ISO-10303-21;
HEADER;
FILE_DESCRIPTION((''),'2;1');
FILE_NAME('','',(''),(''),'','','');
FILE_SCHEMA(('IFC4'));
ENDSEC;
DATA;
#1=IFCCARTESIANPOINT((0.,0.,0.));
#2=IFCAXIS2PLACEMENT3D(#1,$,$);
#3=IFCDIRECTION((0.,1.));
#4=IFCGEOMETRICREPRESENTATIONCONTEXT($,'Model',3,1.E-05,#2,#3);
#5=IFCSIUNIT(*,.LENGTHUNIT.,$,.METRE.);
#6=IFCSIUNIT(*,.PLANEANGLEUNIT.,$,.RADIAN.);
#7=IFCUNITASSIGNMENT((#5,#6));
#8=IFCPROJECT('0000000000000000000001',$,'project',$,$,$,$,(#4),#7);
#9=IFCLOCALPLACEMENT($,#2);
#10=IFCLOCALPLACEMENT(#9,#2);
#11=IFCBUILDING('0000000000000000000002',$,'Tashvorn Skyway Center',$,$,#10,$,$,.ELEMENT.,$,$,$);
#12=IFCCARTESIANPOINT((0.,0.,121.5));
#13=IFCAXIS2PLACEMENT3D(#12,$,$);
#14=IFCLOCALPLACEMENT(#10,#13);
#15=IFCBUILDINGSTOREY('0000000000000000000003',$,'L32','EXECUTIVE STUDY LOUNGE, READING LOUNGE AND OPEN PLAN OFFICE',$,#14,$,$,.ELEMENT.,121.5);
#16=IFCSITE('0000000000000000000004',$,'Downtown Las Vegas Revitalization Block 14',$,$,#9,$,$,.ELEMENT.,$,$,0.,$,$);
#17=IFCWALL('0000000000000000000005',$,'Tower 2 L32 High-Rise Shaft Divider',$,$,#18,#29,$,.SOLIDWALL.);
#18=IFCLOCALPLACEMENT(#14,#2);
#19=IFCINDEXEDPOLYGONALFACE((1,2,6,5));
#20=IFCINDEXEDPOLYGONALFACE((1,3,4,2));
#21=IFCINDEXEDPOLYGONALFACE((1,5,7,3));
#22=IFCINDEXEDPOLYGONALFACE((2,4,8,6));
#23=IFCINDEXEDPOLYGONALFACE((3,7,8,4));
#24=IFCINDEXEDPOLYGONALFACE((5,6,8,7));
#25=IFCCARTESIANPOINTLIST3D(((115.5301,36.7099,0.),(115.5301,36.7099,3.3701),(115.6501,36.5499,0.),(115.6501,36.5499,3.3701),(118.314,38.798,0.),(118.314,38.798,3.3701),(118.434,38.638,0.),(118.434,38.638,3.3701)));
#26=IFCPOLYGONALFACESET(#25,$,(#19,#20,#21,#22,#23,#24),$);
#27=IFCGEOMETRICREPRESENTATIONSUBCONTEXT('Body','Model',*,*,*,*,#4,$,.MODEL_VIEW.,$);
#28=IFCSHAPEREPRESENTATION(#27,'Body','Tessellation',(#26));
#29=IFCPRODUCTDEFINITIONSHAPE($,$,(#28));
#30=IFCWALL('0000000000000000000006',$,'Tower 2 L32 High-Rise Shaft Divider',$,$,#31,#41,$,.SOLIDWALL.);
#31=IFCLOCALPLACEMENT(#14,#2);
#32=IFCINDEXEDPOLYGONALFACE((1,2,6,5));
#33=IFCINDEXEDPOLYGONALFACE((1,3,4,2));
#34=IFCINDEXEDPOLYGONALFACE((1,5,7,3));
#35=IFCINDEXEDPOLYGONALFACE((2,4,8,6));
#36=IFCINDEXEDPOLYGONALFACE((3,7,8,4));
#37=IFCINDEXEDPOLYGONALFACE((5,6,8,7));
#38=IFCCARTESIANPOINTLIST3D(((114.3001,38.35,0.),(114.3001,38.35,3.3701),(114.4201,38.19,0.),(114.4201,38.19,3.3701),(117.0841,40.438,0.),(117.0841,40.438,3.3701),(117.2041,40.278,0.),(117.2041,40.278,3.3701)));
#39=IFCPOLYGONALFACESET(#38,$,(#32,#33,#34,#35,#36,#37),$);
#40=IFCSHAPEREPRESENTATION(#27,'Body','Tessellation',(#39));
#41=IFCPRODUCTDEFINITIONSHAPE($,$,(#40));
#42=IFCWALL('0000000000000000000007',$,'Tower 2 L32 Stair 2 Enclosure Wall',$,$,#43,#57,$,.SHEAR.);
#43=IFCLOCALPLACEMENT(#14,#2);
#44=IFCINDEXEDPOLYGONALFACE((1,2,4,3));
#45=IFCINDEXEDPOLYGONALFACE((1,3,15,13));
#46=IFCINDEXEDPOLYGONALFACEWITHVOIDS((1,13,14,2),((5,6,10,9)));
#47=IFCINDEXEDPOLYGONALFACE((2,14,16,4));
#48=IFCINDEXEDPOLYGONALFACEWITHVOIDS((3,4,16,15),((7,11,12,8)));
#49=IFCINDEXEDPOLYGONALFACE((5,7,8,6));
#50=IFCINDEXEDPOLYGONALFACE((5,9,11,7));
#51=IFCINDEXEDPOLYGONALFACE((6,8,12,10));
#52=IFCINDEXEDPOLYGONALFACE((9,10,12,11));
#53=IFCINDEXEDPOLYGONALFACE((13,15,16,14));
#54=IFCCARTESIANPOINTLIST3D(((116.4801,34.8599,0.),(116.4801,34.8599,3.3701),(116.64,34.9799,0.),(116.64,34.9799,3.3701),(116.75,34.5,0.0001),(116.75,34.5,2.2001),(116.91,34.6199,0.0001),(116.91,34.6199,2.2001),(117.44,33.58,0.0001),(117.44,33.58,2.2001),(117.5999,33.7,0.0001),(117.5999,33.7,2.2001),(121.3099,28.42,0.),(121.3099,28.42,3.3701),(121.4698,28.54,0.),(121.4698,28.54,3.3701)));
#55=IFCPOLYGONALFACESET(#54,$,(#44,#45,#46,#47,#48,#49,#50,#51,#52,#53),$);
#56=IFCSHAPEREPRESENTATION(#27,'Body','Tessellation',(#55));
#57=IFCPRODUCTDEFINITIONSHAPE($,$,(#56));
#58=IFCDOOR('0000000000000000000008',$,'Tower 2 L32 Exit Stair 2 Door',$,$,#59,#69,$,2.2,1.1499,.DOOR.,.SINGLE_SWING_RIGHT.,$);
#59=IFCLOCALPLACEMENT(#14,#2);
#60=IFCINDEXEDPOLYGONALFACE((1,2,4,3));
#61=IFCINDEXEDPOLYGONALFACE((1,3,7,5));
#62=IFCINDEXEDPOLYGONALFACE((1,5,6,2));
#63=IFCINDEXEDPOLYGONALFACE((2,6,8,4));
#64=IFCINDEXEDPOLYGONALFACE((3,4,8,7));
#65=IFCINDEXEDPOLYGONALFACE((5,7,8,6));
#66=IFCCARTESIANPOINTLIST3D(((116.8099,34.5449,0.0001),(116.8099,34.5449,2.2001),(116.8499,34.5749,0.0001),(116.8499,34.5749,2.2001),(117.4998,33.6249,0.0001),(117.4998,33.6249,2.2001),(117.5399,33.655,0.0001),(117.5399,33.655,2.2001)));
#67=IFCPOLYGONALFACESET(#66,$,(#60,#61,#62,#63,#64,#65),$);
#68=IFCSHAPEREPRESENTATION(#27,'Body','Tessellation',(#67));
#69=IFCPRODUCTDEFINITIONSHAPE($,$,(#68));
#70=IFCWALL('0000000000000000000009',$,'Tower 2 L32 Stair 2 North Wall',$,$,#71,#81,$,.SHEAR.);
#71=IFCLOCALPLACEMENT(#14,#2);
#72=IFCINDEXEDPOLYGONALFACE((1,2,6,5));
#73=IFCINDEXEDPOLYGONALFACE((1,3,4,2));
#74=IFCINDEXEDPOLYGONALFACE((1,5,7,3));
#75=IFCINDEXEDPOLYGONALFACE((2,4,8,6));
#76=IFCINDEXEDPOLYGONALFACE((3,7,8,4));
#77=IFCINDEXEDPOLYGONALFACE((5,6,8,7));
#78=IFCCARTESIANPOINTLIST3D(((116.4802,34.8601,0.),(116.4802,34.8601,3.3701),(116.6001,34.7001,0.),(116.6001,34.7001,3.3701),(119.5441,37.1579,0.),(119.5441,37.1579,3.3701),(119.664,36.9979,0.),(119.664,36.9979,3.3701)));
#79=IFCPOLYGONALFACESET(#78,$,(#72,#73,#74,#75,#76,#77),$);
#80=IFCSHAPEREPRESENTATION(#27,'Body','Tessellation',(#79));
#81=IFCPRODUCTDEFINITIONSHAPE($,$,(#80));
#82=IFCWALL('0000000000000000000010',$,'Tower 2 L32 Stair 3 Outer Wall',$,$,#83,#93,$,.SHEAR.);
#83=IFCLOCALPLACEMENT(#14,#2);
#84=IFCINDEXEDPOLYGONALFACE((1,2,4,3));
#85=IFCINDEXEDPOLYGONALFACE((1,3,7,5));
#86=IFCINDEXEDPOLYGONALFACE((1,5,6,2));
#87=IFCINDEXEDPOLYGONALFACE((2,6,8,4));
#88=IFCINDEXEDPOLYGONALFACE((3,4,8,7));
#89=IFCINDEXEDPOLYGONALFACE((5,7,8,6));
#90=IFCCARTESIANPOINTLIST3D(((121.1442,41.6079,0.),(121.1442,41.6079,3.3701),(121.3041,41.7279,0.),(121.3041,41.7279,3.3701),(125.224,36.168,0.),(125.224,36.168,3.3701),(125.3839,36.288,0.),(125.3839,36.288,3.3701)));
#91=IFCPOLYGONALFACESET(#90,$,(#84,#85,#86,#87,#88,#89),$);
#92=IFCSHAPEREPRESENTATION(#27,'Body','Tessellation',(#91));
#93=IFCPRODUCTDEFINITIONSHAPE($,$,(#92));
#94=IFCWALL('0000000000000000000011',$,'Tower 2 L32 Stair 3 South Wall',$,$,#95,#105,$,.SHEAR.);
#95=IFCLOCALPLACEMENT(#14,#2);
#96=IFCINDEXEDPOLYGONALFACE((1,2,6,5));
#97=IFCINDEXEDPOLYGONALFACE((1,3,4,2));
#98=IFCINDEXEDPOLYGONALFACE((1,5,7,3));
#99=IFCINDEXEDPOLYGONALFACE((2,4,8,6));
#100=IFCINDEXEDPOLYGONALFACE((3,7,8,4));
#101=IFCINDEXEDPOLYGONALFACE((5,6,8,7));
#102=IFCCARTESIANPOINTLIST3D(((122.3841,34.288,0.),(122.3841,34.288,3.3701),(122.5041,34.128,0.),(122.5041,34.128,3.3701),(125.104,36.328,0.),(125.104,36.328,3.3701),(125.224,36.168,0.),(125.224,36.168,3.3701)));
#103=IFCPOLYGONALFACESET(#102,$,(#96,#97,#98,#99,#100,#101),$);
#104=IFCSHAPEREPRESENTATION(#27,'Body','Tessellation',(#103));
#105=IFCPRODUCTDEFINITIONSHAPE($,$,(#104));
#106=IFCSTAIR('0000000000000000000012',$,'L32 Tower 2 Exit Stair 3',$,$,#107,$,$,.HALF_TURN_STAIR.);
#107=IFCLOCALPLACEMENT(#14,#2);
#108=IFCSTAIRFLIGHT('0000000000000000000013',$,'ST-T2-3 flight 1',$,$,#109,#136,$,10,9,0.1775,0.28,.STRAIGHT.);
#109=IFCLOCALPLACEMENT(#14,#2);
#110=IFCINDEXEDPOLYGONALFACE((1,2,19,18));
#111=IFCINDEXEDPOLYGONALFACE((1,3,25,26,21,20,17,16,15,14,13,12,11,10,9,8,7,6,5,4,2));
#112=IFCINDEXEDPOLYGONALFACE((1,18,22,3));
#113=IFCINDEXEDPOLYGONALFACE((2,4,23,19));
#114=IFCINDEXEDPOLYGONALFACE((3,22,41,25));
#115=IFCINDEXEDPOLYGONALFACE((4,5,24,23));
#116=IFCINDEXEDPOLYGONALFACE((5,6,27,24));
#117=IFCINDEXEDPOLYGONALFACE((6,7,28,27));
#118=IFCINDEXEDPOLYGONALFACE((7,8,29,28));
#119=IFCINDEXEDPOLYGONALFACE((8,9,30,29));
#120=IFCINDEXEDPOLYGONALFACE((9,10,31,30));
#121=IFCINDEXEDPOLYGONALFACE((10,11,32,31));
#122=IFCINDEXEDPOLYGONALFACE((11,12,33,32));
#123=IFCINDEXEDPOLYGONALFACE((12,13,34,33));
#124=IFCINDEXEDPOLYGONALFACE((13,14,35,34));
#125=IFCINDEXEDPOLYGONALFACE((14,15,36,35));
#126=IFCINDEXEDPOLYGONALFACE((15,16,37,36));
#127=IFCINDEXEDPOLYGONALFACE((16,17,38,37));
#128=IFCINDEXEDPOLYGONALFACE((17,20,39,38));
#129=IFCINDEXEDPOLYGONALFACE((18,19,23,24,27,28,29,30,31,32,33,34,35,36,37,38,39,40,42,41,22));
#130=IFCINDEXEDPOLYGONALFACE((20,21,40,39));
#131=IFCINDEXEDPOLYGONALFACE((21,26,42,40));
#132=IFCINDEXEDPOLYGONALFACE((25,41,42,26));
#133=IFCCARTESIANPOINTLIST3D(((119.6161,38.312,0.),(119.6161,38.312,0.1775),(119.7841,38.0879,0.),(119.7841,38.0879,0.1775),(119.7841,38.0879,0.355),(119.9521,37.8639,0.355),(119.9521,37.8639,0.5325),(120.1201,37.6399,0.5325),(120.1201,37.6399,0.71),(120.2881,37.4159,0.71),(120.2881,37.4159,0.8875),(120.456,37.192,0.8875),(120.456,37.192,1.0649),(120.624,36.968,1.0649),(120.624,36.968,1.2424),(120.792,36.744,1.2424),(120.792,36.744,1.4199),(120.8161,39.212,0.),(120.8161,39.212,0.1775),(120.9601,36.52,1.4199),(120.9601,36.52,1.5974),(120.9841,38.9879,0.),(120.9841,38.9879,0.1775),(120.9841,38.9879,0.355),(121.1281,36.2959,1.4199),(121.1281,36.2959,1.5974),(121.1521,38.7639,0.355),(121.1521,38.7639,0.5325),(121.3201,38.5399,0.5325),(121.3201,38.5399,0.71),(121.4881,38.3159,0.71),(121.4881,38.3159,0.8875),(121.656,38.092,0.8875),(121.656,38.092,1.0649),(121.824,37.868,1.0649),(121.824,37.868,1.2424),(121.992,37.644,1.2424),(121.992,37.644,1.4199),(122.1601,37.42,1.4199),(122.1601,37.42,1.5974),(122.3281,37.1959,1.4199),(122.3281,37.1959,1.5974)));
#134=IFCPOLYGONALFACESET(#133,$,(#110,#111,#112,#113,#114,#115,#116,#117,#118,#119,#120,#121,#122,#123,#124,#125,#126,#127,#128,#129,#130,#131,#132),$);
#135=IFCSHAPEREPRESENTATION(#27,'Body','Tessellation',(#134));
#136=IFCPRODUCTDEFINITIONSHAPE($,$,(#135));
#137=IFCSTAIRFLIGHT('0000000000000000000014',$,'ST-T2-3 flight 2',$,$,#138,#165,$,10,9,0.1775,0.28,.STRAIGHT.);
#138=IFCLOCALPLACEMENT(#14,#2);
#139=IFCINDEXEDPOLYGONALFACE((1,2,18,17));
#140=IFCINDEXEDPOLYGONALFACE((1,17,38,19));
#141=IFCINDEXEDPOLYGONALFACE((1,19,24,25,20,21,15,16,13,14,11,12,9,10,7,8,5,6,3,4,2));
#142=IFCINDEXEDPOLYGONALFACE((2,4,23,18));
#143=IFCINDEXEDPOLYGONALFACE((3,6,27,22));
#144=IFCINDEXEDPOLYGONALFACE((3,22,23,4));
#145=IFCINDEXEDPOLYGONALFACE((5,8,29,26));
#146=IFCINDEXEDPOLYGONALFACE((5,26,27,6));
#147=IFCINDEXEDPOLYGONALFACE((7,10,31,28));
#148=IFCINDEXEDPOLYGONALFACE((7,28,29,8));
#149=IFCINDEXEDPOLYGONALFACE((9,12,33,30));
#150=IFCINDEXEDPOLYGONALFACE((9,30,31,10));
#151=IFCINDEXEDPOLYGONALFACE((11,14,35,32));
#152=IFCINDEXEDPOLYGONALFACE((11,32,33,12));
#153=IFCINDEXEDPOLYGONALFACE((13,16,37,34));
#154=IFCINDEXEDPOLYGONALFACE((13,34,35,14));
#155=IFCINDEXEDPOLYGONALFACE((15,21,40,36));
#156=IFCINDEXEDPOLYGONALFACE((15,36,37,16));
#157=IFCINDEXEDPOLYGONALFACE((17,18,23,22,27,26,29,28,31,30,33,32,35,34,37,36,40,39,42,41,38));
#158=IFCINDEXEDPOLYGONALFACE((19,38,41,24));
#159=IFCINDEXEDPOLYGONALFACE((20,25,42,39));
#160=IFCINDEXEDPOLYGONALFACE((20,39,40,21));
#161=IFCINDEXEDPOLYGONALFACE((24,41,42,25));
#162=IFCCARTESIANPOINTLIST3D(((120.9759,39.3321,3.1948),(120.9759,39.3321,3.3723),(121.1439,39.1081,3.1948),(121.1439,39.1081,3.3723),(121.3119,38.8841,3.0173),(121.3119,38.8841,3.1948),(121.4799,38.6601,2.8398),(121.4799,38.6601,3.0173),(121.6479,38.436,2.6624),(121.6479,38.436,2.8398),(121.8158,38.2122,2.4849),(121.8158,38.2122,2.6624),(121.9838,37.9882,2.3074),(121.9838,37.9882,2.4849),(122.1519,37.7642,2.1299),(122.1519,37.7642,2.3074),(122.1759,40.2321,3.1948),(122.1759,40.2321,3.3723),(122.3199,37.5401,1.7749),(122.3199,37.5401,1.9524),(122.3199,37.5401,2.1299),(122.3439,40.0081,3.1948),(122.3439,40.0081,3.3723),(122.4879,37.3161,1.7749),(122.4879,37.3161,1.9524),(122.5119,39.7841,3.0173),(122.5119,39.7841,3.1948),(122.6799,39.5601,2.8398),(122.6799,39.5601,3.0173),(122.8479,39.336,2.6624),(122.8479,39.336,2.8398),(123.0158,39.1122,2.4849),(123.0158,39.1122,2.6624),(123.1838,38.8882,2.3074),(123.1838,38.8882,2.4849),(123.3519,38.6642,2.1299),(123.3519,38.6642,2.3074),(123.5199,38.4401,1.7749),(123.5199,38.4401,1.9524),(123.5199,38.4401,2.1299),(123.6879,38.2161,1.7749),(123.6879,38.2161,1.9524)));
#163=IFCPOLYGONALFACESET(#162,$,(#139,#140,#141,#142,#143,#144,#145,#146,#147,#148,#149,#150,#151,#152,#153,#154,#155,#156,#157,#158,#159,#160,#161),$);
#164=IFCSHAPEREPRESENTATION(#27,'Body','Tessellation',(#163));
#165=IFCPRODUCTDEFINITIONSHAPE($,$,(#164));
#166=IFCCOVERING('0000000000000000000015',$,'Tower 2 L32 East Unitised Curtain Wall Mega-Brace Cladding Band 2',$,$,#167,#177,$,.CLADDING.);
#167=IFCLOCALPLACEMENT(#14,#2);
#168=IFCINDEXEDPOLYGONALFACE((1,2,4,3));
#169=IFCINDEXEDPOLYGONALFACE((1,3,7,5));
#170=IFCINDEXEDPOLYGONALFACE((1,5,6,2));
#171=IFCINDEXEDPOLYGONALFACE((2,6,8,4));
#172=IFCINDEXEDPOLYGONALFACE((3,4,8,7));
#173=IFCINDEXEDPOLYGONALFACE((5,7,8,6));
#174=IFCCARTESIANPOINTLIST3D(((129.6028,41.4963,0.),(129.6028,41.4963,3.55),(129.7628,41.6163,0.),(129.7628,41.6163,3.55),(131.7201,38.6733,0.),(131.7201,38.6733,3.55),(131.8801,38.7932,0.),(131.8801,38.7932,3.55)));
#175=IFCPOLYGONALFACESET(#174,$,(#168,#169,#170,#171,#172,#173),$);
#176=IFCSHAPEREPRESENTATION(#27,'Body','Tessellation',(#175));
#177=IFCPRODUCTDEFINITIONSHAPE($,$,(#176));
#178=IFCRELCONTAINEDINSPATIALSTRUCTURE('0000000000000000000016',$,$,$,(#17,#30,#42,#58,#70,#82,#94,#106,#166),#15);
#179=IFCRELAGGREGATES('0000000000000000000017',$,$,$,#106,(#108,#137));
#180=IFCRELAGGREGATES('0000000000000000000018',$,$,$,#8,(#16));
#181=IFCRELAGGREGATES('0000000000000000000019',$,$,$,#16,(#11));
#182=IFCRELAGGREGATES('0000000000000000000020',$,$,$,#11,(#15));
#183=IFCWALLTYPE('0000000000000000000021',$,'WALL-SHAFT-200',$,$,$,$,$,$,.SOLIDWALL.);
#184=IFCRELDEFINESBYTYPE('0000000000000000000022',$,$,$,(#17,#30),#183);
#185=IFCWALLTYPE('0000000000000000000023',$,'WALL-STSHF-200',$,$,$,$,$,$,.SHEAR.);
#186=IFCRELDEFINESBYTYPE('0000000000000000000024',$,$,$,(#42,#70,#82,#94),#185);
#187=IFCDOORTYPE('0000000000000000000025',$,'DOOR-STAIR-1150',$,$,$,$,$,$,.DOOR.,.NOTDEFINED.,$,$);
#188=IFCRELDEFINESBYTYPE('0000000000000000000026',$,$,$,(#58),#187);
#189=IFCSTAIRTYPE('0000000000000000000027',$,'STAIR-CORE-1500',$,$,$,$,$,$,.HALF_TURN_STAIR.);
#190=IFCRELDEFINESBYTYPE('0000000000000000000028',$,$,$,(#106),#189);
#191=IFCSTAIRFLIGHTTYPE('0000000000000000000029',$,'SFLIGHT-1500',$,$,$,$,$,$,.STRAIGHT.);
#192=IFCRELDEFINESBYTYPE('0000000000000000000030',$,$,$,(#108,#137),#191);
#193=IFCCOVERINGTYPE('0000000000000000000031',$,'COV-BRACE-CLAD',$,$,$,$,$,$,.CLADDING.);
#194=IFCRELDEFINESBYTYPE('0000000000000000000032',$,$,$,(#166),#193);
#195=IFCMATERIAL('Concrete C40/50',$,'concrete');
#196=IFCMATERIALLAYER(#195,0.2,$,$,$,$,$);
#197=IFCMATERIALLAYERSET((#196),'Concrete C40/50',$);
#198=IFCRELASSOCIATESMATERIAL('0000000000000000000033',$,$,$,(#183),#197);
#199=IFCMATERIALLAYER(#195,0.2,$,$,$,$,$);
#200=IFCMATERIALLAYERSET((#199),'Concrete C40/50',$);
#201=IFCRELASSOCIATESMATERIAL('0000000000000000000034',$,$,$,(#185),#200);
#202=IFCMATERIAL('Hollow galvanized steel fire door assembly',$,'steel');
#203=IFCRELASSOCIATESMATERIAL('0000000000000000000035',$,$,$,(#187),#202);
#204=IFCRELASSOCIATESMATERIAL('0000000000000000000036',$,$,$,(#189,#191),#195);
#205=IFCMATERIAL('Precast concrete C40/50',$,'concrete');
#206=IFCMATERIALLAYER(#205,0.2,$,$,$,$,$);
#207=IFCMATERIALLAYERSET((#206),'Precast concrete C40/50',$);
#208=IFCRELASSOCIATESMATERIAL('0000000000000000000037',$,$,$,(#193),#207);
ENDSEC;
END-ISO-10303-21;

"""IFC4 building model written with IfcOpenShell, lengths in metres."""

from ifc_helpers import new_model, si_unit, direction, frame, frame_2d, origin, origin_2d, place, context, subcontext, project, spatial, polyline, rectangle, outline, extrude, material, layer, layer_set, type_object, element, fill, aggregate, save


model = new_model("IFC4")

# Units and contexts
model_context = context("Model", 3, precision=1e-05, world=origin(), true_north=direction((0.0, 1.0)))
body_context = subcontext(model_context, "Body", "Model", "MODEL_VIEW")
ifc_project = project(units=[si_unit("LENGTHUNIT", "METRE"), si_unit("PLANEANGLEUNIT", "RADIAN")], contexts=[model_context])

# Site, building, storey
site_placement = place(None, origin())
site = spatial("IfcSite", under=ifc_project, at=site_placement, Name="Downtown Las Vegas Revitalization Block 14", CompositionType="ELEMENT", RefElevation=0.0)
building_placement = place(site_placement, origin())
building = spatial("IfcBuilding", under=site, at=building_placement, Name="Tashvorn Skyway Center", CompositionType="ELEMENT")
storey_placement = place(building_placement, frame((0.0, 0.0, 121.5)))
storey = spatial("IfcBuildingStorey", under=building, at=storey_placement, Name="L32", Description="EXECUTIVE STUDY LOUNGE, READING LOUNGE AND OPEN PLAN OFFICE", CompositionType="ELEMENT", Elevation=121.5)

# Walls
ifc_material_1 = material(Name="Concrete C40/50", Category="concrete")
ifc_layer_1 = layer(ifc_material_1, 0.2)
ifc_layer_set_1 = layer_set([ifc_layer_1], Name="Concrete C40/50")
wall_type_1 = type_object("IfcWallType", Name="WALL-SHAFT-200", PredefinedType="SOLIDWALL", material=ifc_layer_set_1)
for number, where, z_axis, x_axis, name in (
    (1, (115.5901, 36.6299, 0.0), (0.0, 0.0, 1.0), (0.799975, 0.600034, 0.0), "Tower 2 L32 High-Rise Shaft Divider"),
    (2, (114.3601, 38.27, 0.0), (0.0, 0.0, 1.0), (0.800008, 0.599989, 0.0), "Tower 2 L32 High-Rise Shaft Divider"),
):
    element("IfcWall", number, at=place(storey_placement, frame(where, z_axis=z_axis, x_axis=x_axis)), inside=storey, type_object=wall_type_1, Name=name, PredefinedType="SOLIDWALL", context=body_context, shape_type="SweptSolid", body=[
        extrude(rectangle(XDim=3.48, YDim=0.2, at=frame_2d((1.74, 0.0))), origin(), (0.0, 0.0, 1.0), 3.3701),
    ])

# Wall, opening, door
ifc_layer_2 = layer(ifc_material_1, 0.2)
ifc_layer_set_2 = layer_set([ifc_layer_2], Name="Concrete C40/50")
wall_type_2 = type_object("IfcWallType", Name="WALL-STSHF-200", PredefinedType="SHEAR", material=ifc_layer_set_2)
wall_1_placement = place(storey_placement, frame((116.5601, 34.9199, 0.0), z_axis=(0.0, 0.0, 1.0), x_axis=(0.59999, -0.800007, 0.0)))
wall_1 = element("IfcWall", 3, at=wall_1_placement, inside=storey, type_object=wall_type_2, Name="Tower 2 L32 Stair 2 Enclosure Wall", PredefinedType="SHEAR", context=body_context, shape_type="SweptSolid", body=[
    extrude(rectangle(XDim=8.0498, YDim=0.2, at=frame_2d((4.0249, 0.0))), origin(), (0.0, 0.0, 1.0), 3.3701),
])
opening_placement = place(wall_1_placement, frame((0.45, 0.0, 0.0)))
opening = element("IfcOpeningElement", 4, at=opening_placement, cuts=wall_1, PredefinedType="OPENING", context=body_context, shape_type="SweptSolid", body=[
    extrude(rectangle(XDim=1.1499, YDim=2.2, at=frame_2d((0.575, 1.1001))), frame((0.0, 0.1099, 0.0), z_axis=(0.0, -1.0, 0.0), x_axis=(1.0, 0.0, 0.0)), (0.0, 0.0, 1.0), 0.22),
])
ifc_material_2 = material(Name="Hollow galvanized steel fire door assembly", Category="steel")
door_type = type_object("IfcDoorType", Name="DOOR-STAIR-1150", OperationType="NOTDEFINED", PredefinedType="DOOR", material=ifc_material_2)
door_placement = place(opening_placement, origin())
door = element("IfcDoor", 5, at=door_placement, inside=storey, type_object=door_type, Name="Tower 2 L32 Exit Stair 2 Door", OperationType="SINGLE_SWING_RIGHT", OverallHeight=2.2, OverallWidth=1.1499, PredefinedType="DOOR", context=body_context, shape_type="SweptSolid", body=[
    extrude(rectangle(XDim=1.1499, YDim=2.2, at=frame_2d((0.575, 1.1001))), frame((0.0, 0.0249, 0.0), z_axis=(0.0, -1.0, 0.0), x_axis=(1.0, 0.0, 0.0)), (0.0, 0.0, 1.0), 0.05),
])
fill(opening, door)

# Walls
wall_2_placement = place(storey_placement, frame((116.54, 34.78, 0.0), z_axis=(0.0, 0.0, 1.0), x_axis=(0.800015, 0.59998, 0.0)))
element("IfcWall", 6, at=wall_2_placement, inside=storey, type_object=wall_type_2, Name="Tower 2 L32 Stair 2 North Wall", PredefinedType="SHEAR", context=body_context, shape_type="SweptSolid", body=[
    extrude(rectangle(XDim=3.8298, YDim=0.2, at=frame_2d((1.915, 0.0))), origin(), (0.0, 0.0, 1.0), 3.3701),
])
wall_3_placement = place(storey_placement, frame((125.304, 36.228, 0.0), z_axis=(0.0, 0.0, 1.0), x_axis=(-0.599989, 0.800009, 0.0)))
element("IfcWall", 7, at=wall_3_placement, inside=storey, type_object=wall_type_2, Name="Tower 2 L32 Stair 3 Outer Wall", PredefinedType="SHEAR", context=body_context, shape_type="SweptSolid", body=[
    extrude(rectangle(XDim=6.7998, YDim=0.2, at=frame_2d((3.3999, 0.0))), origin(), (0.0, 0.0, 1.0), 3.3701),
])
wall_4_placement = place(storey_placement, frame((122.4441, 34.208, 0.0), z_axis=(0.0, 0.0, 1.0), x_axis=(0.799991, 0.600011, 0.0)))
element("IfcWall", 8, at=wall_4_placement, inside=storey, type_object=wall_type_2, Name="Tower 2 L32 Stair 3 South Wall", PredefinedType="SHEAR", context=body_context, shape_type="SweptSolid", body=[
    extrude(rectangle(XDim=3.3999, YDim=0.2, at=frame_2d((1.7, 0.0))), origin(), (0.0, 0.0, 1.0), 3.3701),
])

# Stair, stair flights
stair_type = type_object("IfcStairType", Name="STAIR-CORE-1500", PredefinedType="HALF_TURN_STAIR", material=ifc_material_1)
stair_placement = place(storey_placement, origin())
stair = element("IfcStair", 9, at=stair_placement, inside=storey, type_object=stair_type, Name="L32 Tower 2 Exit Stair 3", PredefinedType="HALF_TURN_STAIR")
stair_flight_type = type_object("IfcStairFlightType", Name="SFLIGHT-1500", PredefinedType="STRAIGHT", material=ifc_material_1)
stair_flight_1_placement = place(storey_placement, frame((120.2161, 38.762, 0.0), z_axis=(0.0, 0.0, 1.0), x_axis=(0.6, -0.8, 0.0)))
stair_flight_1 = element("IfcStairFlight", 10, at=stair_flight_1_placement, type_object=stair_flight_type, Name="ST-T2-3 flight 1", NumberOfRisers=10, NumberOfTreads=9, PredefinedType="STRAIGHT", RiserHeight=0.1775, TreadLength=0.28, context=body_context, shape_type="SweptSolid", body=[
    extrude(outline(polyline([(0.0, 0.0), (0.0, 0.1775), (0.28, 0.1775), (0.28, 0.355), (0.5601, 0.355), (0.5601, 0.5325), (0.8401, 0.5325), (0.8401, 0.71), (1.1201, 0.71), (1.1201, 0.8875), (1.3999, 0.8875), (1.3999, 1.0649), (1.6799, 1.0649), (1.6799, 1.2424), (1.96, 1.2424), (1.96, 1.4199), (2.24, 1.4199), (2.24, 1.5974), (2.52, 1.5974), (2.52, 1.7749), (2.52, 1.4199), (0.28, 0.0), (0.0, 0.0)])), frame((0.0, 0.75, 0.0), z_axis=(0.0, -1.0, 0.0), x_axis=(1.0, 0.0, 0.0)), (0.0, 0.0, 1.0), 1.5),
])
stair_flight_2_placement = place(storey_placement, frame((123.0879, 37.7661, 1.7749), z_axis=(0.0, 0.0, 1.0), x_axis=(-0.6, 0.8, 0.0)))
stair_flight_2 = element("IfcStairFlight", 11, at=stair_flight_2_placement, type_object=stair_flight_type, Name="ST-T2-3 flight 2", NumberOfRisers=10, NumberOfTreads=9, PredefinedType="STRAIGHT", RiserHeight=0.1775, TreadLength=0.28, context=body_context, shape_type="SweptSolid", body=[
    extrude(outline(polyline([(0.0, 0.0), (0.0, 0.1775), (0.28, 0.1775), (0.28, 0.355), (0.5601, 0.355), (0.5601, 0.5325), (0.8401, 0.5325), (0.8401, 0.71), (1.1201, 0.71), (1.1201, 0.8875), (1.3999, 0.8875), (1.3999, 1.0649), (1.6799, 1.0649), (1.6799, 1.2424), (1.96, 1.2424), (1.96, 1.4199), (2.24, 1.4199), (2.24, 1.5974), (2.52, 1.5974), (2.52, 1.7749), (2.52, 1.4199), (0.28, 0.0), (0.0, 0.0)])), frame((0.0, 0.75, 0.0), z_axis=(0.0, -1.0, 0.0), x_axis=(1.0, 0.0, 0.0)), (0.0, 0.0, 1.0), 1.5),
])
aggregate(stair, [stair_flight_1, stair_flight_2])

# Covering
ifc_material_3 = material(Name="Precast concrete C40/50", Category="concrete")
ifc_layer_3 = layer(ifc_material_3, 0.2)
ifc_layer_set_3 = layer_set([ifc_layer_3], Name="Precast concrete C40/50")
covering_type = type_object("IfcCoveringType", Name="COV-BRACE-CLAD", PredefinedType="CLADDING", material=ifc_layer_set_3)
covering_placement = place(storey_placement, frame((130.7415, 40.1448, 0.0), z_axis=(0.0, 0.0, 1.0), x_axis=(0.6, -0.8, 0.0)))
element("IfcCovering", 12, at=covering_placement, inside=storey, type_object=covering_type, Name="Tower 2 L32 East Unitised Curtain Wall Mega-Brace Cladding Band 2", PredefinedType="CLADDING", context=body_context, shape_type="SweptSolid", body=[
    extrude(rectangle(XDim=3.5288, YDim=0.2, at=origin_2d()), origin(), (0.0, 0.0, 1.0), 3.55),
])

save(model, "model.ifc")
